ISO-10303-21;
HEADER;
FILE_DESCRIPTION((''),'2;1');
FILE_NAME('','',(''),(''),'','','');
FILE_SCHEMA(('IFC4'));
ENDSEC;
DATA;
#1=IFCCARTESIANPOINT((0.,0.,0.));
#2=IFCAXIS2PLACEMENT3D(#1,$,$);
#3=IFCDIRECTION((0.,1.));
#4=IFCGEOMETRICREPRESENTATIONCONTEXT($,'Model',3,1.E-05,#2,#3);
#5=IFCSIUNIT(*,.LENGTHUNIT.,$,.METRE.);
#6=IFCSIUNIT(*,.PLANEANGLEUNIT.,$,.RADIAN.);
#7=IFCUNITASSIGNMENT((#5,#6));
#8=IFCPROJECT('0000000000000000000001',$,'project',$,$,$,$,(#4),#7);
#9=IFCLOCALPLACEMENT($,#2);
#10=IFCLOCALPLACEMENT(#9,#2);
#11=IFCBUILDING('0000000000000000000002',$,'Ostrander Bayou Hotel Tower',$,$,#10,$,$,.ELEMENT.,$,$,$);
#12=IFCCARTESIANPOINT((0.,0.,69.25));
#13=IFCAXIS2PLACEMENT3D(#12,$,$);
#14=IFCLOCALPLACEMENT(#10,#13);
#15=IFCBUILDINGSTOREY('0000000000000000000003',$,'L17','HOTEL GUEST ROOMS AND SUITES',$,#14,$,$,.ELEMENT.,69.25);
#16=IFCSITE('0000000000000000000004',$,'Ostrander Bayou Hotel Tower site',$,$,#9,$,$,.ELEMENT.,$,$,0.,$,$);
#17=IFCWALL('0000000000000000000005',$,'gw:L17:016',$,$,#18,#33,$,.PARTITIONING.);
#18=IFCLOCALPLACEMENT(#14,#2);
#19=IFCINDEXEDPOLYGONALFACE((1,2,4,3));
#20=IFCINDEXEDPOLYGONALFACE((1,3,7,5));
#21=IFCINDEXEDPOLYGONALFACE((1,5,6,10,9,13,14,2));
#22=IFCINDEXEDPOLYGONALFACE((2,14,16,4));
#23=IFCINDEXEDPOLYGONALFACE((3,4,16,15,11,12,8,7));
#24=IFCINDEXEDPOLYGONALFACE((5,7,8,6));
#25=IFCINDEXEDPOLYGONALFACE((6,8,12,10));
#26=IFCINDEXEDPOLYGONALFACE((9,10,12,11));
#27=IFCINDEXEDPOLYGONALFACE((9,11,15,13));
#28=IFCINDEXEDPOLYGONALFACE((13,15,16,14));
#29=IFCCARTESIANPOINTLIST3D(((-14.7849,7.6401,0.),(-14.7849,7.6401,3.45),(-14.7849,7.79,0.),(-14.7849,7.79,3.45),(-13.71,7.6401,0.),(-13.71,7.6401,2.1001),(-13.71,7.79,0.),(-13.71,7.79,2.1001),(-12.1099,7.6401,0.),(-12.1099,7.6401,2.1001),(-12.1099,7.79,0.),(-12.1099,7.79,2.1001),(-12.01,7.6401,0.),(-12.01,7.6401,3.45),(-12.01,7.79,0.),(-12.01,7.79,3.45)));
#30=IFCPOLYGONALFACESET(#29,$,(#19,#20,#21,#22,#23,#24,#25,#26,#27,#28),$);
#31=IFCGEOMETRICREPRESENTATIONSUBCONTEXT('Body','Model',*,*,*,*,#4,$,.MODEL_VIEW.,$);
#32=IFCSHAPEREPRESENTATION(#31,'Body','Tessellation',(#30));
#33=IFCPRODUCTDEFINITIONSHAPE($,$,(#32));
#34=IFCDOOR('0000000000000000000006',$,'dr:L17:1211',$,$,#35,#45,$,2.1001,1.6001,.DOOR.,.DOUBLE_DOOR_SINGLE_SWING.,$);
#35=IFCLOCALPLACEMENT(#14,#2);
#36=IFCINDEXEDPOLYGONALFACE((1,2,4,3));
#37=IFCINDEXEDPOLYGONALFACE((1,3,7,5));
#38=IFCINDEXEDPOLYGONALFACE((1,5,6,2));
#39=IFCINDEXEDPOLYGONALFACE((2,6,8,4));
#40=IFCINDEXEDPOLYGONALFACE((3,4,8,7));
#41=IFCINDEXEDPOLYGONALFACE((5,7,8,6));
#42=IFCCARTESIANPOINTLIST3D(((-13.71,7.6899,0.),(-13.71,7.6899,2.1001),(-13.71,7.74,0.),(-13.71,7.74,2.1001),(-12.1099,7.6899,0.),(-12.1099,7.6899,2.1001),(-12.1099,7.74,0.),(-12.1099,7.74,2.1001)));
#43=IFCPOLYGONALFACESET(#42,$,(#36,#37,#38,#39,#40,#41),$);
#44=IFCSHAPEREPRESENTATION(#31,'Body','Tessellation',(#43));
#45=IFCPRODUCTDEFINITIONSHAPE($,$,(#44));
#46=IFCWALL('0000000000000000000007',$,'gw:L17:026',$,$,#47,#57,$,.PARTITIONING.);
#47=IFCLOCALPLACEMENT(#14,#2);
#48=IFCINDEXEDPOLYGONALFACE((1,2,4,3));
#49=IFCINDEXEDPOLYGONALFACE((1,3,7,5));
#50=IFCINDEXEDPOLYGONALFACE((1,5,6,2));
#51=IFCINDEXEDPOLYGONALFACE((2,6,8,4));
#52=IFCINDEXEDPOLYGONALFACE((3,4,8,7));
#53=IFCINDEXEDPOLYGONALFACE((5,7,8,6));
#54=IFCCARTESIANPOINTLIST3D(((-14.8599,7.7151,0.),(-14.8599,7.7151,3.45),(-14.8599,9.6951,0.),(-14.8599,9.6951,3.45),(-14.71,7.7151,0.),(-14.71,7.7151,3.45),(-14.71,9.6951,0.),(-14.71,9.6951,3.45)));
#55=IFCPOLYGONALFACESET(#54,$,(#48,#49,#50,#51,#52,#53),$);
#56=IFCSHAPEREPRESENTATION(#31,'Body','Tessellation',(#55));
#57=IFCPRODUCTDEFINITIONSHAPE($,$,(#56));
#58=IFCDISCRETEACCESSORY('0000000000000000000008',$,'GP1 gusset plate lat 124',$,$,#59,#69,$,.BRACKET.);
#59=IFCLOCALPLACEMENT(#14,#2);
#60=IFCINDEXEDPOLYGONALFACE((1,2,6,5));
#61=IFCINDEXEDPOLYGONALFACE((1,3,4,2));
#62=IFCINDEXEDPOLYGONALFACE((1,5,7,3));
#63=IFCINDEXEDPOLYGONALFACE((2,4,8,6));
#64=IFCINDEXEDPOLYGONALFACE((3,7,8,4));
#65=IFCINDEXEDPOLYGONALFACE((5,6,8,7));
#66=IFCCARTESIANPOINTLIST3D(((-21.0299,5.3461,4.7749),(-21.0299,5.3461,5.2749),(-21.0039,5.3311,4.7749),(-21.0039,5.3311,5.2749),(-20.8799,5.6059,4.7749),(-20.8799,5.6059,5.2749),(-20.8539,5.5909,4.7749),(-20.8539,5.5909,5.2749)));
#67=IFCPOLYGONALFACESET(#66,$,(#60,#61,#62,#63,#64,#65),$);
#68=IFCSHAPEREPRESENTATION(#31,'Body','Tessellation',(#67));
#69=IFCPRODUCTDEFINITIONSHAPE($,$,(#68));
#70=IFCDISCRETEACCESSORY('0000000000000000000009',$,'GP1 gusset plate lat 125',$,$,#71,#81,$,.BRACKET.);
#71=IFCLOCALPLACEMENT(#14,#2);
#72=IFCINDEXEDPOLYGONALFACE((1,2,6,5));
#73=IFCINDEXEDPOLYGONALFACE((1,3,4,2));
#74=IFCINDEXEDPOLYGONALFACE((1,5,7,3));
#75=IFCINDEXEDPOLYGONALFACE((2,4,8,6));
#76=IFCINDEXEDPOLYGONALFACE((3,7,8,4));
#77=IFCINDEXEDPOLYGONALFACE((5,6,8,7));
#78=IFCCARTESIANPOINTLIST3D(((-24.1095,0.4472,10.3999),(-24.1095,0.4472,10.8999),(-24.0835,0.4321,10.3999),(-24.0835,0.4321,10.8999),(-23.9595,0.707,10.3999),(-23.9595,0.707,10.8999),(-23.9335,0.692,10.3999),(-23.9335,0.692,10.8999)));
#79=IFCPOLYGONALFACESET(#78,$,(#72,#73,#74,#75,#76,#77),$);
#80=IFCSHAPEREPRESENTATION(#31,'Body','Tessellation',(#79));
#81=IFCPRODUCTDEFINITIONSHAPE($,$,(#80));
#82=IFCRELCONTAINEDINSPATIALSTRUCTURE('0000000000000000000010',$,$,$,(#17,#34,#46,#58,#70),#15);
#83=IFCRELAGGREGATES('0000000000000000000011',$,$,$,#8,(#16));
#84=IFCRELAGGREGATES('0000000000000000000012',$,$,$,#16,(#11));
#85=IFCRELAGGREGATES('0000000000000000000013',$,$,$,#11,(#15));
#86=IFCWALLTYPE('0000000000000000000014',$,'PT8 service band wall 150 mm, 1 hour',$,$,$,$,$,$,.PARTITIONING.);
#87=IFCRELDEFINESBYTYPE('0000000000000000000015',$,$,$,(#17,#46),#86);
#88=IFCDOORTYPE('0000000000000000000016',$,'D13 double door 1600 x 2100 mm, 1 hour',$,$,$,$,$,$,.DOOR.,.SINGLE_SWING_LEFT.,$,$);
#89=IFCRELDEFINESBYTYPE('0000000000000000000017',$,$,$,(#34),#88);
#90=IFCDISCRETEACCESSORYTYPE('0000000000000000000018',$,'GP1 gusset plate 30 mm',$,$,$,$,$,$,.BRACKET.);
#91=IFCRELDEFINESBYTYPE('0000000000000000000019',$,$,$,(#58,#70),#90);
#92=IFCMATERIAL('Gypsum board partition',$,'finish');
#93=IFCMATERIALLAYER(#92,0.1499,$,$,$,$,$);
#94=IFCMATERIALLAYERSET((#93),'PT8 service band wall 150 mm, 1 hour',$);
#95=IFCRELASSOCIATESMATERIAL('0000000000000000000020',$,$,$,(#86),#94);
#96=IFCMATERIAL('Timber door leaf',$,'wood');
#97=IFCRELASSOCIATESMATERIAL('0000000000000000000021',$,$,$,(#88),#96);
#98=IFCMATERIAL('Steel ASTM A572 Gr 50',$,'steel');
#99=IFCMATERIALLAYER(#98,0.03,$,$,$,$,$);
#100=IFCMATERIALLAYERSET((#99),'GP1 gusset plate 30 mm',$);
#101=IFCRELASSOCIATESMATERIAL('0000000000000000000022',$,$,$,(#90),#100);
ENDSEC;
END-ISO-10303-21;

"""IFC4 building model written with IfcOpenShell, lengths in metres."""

from ifc_helpers import new_model, si_unit, direction, frame, frame_2d, origin, origin_2d, place, context, subcontext, project, spatial, rectangle, extrude, material, layer, layer_set, type_object, element, fill, save


model = new_model("IFC4")

# Units and contexts
model_context = context("Model", 3, precision=1e-05, world=origin(), true_north=direction((0.0, 1.0)))
body_context = subcontext(model_context, "Body", "Model", "MODEL_VIEW")
ifc_project = project(units=[si_unit("LENGTHUNIT", "METRE"), si_unit("PLANEANGLEUNIT", "RADIAN")], contexts=[model_context])

# Site, building, storey
site_placement = place(None, origin())
site = spatial("IfcSite", under=ifc_project, at=site_placement, Name="Ostrander Bayou Hotel Tower site", CompositionType="ELEMENT", RefElevation=0.0)
building_placement = place(site_placement, origin())
building = spatial("IfcBuilding", under=site, at=building_placement, Name="Ostrander Bayou Hotel Tower", CompositionType="ELEMENT")
storey_placement = place(building_placement, frame((0.0, 0.0, 69.25)))
storey = spatial("IfcBuildingStorey", under=building, at=storey_placement, Name="L17", Description="HOTEL GUEST ROOMS AND SUITES", CompositionType="ELEMENT", Elevation=69.25)

# Shared definitions
ifc_material_1 = material(Name="Gypsum board partition", Category="finish")
ifc_layer_1 = layer(ifc_material_1, 0.1499)
ifc_layer_set_1 = layer_set([ifc_layer_1], Name="PT8 service band wall 150 mm, 1 hour")
wall_type_1 = type_object("IfcWallType", Name="PT8 service band wall 150 mm, 1 hour", PredefinedType="PARTITIONING", material=ifc_layer_set_1)

# Wall, opening, door
wall_1_placement = place(storey_placement, frame((-14.7849, 7.7151, 0.0), z_axis=(0.0, 0.0, 1.0), x_axis=(1.0, 0.0, 0.0)))
wall_1 = element("IfcWall", 1, at=wall_1_placement, inside=storey, type_object=wall_type_1, Name="gw:L17:016", PredefinedType="PARTITIONING", context=body_context, shape_type="SweptSolid", body=[
    extrude(rectangle(XDim=2.7749, YDim=0.1499, at=frame_2d((1.3875, 0.0))), origin(), (0.0, 0.0, 1.0), 3.45),
])
opening_1_placement = place(wall_1_placement, frame((1.075, 0.0, 0.0)))
opening_1 = element("IfcOpeningElement", 2, at=opening_1_placement, cuts=wall_1, PredefinedType="OPENING", context=body_context, shape_type="SweptSolid", body=[
    extrude(rectangle(XDim=1.6001, YDim=2.1001, at=frame_2d((0.8, 1.05))), frame((0.0, 0.075, 0.0), z_axis=(0.0, -1.0, 0.0), x_axis=(1.0, 0.0, 0.0)), (0.0, 0.0, 1.0), 0.1499),
])
ifc_material_2 = material(Name="Timber door leaf", Category="wood")
door_type_1 = type_object("IfcDoorType", Name="D13 double door 1600 x 2100 mm, 1 hour", OperationType="SINGLE_SWING_LEFT", PredefinedType="DOOR", material=ifc_material_2)
door_1_placement = place(opening_1_placement, origin())
door_1 = element("IfcDoor", 3, at=door_1_placement, inside=storey, type_object=door_type_1, Name="dr:L17:1211", OperationType="DOUBLE_DOOR_SINGLE_SWING", OverallHeight=2.1001, OverallWidth=1.6001, PredefinedType="DOOR", context=body_context, shape_type="SweptSolid", body=[
    extrude(rectangle(XDim=1.6001, YDim=2.1001, at=frame_2d((0.8, 1.05))), frame((0.0, 0.0249, 0.0), z_axis=(0.0, -1.0, 0.0), x_axis=(1.0, 0.0, 0.0)), (0.0, 0.0, 1.0), 0.05),
])
fill(opening_1, door_1)

# Wall
wall_2_placement = place(storey_placement, frame((-14.7849, 7.7151, 0.0), z_axis=(0.0, 0.0, 1.0), x_axis=(0.0, 1.0, 0.0)))
element("IfcWall", 4, at=wall_2_placement, inside=storey, type_object=wall_type_1, Name="gw:L17:026", PredefinedType="PARTITIONING", context=body_context, shape_type="SweptSolid", body=[
    extrude(rectangle(XDim=1.98, YDim=0.1499, at=frame_2d((0.99, 0.0))), origin(), (0.0, 0.0, 1.0), 3.45),
])

# Discrete accessories
ifc_material_3 = material(Name="Steel ASTM A572 Gr 50", Category="steel")
ifc_layer_2 = layer(ifc_material_3, 0.03)
ifc_layer_set_2 = layer_set([ifc_layer_2], Name="GP1 gusset plate 30 mm")
discrete_accessory_type = type_object("IfcDiscreteAccessoryType", Name="GP1 gusset plate 30 mm", PredefinedType="BRACKET", material=ifc_layer_set_2)
for number, where, z_axis, x_axis, name in (
    (5, (-20.9419, 5.4685, 4.7749), (0.0, 0.0, 1.0), (-0.5, -0.866025, 0.0), "GP1 gusset plate lat 124"),
    (6, (-24.0215, 0.5696, 10.3999), (0.0, 0.0, 1.0), (-0.5, -0.866025, 0.0), "GP1 gusset plate lat 125"),
):
    element("IfcDiscreteAccessory", number, at=place(storey_placement, frame(where, z_axis=z_axis, x_axis=x_axis)), inside=storey, type_object=discrete_accessory_type, Name=name, PredefinedType="BRACKET", context=body_context, shape_type="SweptSolid", body=[
        extrude(rectangle(XDim=0.3, YDim=0.03, at=origin_2d()), origin(), (0.0, 0.0, 1.0), 0.5),
    ])

save(model, "model.ifc")
